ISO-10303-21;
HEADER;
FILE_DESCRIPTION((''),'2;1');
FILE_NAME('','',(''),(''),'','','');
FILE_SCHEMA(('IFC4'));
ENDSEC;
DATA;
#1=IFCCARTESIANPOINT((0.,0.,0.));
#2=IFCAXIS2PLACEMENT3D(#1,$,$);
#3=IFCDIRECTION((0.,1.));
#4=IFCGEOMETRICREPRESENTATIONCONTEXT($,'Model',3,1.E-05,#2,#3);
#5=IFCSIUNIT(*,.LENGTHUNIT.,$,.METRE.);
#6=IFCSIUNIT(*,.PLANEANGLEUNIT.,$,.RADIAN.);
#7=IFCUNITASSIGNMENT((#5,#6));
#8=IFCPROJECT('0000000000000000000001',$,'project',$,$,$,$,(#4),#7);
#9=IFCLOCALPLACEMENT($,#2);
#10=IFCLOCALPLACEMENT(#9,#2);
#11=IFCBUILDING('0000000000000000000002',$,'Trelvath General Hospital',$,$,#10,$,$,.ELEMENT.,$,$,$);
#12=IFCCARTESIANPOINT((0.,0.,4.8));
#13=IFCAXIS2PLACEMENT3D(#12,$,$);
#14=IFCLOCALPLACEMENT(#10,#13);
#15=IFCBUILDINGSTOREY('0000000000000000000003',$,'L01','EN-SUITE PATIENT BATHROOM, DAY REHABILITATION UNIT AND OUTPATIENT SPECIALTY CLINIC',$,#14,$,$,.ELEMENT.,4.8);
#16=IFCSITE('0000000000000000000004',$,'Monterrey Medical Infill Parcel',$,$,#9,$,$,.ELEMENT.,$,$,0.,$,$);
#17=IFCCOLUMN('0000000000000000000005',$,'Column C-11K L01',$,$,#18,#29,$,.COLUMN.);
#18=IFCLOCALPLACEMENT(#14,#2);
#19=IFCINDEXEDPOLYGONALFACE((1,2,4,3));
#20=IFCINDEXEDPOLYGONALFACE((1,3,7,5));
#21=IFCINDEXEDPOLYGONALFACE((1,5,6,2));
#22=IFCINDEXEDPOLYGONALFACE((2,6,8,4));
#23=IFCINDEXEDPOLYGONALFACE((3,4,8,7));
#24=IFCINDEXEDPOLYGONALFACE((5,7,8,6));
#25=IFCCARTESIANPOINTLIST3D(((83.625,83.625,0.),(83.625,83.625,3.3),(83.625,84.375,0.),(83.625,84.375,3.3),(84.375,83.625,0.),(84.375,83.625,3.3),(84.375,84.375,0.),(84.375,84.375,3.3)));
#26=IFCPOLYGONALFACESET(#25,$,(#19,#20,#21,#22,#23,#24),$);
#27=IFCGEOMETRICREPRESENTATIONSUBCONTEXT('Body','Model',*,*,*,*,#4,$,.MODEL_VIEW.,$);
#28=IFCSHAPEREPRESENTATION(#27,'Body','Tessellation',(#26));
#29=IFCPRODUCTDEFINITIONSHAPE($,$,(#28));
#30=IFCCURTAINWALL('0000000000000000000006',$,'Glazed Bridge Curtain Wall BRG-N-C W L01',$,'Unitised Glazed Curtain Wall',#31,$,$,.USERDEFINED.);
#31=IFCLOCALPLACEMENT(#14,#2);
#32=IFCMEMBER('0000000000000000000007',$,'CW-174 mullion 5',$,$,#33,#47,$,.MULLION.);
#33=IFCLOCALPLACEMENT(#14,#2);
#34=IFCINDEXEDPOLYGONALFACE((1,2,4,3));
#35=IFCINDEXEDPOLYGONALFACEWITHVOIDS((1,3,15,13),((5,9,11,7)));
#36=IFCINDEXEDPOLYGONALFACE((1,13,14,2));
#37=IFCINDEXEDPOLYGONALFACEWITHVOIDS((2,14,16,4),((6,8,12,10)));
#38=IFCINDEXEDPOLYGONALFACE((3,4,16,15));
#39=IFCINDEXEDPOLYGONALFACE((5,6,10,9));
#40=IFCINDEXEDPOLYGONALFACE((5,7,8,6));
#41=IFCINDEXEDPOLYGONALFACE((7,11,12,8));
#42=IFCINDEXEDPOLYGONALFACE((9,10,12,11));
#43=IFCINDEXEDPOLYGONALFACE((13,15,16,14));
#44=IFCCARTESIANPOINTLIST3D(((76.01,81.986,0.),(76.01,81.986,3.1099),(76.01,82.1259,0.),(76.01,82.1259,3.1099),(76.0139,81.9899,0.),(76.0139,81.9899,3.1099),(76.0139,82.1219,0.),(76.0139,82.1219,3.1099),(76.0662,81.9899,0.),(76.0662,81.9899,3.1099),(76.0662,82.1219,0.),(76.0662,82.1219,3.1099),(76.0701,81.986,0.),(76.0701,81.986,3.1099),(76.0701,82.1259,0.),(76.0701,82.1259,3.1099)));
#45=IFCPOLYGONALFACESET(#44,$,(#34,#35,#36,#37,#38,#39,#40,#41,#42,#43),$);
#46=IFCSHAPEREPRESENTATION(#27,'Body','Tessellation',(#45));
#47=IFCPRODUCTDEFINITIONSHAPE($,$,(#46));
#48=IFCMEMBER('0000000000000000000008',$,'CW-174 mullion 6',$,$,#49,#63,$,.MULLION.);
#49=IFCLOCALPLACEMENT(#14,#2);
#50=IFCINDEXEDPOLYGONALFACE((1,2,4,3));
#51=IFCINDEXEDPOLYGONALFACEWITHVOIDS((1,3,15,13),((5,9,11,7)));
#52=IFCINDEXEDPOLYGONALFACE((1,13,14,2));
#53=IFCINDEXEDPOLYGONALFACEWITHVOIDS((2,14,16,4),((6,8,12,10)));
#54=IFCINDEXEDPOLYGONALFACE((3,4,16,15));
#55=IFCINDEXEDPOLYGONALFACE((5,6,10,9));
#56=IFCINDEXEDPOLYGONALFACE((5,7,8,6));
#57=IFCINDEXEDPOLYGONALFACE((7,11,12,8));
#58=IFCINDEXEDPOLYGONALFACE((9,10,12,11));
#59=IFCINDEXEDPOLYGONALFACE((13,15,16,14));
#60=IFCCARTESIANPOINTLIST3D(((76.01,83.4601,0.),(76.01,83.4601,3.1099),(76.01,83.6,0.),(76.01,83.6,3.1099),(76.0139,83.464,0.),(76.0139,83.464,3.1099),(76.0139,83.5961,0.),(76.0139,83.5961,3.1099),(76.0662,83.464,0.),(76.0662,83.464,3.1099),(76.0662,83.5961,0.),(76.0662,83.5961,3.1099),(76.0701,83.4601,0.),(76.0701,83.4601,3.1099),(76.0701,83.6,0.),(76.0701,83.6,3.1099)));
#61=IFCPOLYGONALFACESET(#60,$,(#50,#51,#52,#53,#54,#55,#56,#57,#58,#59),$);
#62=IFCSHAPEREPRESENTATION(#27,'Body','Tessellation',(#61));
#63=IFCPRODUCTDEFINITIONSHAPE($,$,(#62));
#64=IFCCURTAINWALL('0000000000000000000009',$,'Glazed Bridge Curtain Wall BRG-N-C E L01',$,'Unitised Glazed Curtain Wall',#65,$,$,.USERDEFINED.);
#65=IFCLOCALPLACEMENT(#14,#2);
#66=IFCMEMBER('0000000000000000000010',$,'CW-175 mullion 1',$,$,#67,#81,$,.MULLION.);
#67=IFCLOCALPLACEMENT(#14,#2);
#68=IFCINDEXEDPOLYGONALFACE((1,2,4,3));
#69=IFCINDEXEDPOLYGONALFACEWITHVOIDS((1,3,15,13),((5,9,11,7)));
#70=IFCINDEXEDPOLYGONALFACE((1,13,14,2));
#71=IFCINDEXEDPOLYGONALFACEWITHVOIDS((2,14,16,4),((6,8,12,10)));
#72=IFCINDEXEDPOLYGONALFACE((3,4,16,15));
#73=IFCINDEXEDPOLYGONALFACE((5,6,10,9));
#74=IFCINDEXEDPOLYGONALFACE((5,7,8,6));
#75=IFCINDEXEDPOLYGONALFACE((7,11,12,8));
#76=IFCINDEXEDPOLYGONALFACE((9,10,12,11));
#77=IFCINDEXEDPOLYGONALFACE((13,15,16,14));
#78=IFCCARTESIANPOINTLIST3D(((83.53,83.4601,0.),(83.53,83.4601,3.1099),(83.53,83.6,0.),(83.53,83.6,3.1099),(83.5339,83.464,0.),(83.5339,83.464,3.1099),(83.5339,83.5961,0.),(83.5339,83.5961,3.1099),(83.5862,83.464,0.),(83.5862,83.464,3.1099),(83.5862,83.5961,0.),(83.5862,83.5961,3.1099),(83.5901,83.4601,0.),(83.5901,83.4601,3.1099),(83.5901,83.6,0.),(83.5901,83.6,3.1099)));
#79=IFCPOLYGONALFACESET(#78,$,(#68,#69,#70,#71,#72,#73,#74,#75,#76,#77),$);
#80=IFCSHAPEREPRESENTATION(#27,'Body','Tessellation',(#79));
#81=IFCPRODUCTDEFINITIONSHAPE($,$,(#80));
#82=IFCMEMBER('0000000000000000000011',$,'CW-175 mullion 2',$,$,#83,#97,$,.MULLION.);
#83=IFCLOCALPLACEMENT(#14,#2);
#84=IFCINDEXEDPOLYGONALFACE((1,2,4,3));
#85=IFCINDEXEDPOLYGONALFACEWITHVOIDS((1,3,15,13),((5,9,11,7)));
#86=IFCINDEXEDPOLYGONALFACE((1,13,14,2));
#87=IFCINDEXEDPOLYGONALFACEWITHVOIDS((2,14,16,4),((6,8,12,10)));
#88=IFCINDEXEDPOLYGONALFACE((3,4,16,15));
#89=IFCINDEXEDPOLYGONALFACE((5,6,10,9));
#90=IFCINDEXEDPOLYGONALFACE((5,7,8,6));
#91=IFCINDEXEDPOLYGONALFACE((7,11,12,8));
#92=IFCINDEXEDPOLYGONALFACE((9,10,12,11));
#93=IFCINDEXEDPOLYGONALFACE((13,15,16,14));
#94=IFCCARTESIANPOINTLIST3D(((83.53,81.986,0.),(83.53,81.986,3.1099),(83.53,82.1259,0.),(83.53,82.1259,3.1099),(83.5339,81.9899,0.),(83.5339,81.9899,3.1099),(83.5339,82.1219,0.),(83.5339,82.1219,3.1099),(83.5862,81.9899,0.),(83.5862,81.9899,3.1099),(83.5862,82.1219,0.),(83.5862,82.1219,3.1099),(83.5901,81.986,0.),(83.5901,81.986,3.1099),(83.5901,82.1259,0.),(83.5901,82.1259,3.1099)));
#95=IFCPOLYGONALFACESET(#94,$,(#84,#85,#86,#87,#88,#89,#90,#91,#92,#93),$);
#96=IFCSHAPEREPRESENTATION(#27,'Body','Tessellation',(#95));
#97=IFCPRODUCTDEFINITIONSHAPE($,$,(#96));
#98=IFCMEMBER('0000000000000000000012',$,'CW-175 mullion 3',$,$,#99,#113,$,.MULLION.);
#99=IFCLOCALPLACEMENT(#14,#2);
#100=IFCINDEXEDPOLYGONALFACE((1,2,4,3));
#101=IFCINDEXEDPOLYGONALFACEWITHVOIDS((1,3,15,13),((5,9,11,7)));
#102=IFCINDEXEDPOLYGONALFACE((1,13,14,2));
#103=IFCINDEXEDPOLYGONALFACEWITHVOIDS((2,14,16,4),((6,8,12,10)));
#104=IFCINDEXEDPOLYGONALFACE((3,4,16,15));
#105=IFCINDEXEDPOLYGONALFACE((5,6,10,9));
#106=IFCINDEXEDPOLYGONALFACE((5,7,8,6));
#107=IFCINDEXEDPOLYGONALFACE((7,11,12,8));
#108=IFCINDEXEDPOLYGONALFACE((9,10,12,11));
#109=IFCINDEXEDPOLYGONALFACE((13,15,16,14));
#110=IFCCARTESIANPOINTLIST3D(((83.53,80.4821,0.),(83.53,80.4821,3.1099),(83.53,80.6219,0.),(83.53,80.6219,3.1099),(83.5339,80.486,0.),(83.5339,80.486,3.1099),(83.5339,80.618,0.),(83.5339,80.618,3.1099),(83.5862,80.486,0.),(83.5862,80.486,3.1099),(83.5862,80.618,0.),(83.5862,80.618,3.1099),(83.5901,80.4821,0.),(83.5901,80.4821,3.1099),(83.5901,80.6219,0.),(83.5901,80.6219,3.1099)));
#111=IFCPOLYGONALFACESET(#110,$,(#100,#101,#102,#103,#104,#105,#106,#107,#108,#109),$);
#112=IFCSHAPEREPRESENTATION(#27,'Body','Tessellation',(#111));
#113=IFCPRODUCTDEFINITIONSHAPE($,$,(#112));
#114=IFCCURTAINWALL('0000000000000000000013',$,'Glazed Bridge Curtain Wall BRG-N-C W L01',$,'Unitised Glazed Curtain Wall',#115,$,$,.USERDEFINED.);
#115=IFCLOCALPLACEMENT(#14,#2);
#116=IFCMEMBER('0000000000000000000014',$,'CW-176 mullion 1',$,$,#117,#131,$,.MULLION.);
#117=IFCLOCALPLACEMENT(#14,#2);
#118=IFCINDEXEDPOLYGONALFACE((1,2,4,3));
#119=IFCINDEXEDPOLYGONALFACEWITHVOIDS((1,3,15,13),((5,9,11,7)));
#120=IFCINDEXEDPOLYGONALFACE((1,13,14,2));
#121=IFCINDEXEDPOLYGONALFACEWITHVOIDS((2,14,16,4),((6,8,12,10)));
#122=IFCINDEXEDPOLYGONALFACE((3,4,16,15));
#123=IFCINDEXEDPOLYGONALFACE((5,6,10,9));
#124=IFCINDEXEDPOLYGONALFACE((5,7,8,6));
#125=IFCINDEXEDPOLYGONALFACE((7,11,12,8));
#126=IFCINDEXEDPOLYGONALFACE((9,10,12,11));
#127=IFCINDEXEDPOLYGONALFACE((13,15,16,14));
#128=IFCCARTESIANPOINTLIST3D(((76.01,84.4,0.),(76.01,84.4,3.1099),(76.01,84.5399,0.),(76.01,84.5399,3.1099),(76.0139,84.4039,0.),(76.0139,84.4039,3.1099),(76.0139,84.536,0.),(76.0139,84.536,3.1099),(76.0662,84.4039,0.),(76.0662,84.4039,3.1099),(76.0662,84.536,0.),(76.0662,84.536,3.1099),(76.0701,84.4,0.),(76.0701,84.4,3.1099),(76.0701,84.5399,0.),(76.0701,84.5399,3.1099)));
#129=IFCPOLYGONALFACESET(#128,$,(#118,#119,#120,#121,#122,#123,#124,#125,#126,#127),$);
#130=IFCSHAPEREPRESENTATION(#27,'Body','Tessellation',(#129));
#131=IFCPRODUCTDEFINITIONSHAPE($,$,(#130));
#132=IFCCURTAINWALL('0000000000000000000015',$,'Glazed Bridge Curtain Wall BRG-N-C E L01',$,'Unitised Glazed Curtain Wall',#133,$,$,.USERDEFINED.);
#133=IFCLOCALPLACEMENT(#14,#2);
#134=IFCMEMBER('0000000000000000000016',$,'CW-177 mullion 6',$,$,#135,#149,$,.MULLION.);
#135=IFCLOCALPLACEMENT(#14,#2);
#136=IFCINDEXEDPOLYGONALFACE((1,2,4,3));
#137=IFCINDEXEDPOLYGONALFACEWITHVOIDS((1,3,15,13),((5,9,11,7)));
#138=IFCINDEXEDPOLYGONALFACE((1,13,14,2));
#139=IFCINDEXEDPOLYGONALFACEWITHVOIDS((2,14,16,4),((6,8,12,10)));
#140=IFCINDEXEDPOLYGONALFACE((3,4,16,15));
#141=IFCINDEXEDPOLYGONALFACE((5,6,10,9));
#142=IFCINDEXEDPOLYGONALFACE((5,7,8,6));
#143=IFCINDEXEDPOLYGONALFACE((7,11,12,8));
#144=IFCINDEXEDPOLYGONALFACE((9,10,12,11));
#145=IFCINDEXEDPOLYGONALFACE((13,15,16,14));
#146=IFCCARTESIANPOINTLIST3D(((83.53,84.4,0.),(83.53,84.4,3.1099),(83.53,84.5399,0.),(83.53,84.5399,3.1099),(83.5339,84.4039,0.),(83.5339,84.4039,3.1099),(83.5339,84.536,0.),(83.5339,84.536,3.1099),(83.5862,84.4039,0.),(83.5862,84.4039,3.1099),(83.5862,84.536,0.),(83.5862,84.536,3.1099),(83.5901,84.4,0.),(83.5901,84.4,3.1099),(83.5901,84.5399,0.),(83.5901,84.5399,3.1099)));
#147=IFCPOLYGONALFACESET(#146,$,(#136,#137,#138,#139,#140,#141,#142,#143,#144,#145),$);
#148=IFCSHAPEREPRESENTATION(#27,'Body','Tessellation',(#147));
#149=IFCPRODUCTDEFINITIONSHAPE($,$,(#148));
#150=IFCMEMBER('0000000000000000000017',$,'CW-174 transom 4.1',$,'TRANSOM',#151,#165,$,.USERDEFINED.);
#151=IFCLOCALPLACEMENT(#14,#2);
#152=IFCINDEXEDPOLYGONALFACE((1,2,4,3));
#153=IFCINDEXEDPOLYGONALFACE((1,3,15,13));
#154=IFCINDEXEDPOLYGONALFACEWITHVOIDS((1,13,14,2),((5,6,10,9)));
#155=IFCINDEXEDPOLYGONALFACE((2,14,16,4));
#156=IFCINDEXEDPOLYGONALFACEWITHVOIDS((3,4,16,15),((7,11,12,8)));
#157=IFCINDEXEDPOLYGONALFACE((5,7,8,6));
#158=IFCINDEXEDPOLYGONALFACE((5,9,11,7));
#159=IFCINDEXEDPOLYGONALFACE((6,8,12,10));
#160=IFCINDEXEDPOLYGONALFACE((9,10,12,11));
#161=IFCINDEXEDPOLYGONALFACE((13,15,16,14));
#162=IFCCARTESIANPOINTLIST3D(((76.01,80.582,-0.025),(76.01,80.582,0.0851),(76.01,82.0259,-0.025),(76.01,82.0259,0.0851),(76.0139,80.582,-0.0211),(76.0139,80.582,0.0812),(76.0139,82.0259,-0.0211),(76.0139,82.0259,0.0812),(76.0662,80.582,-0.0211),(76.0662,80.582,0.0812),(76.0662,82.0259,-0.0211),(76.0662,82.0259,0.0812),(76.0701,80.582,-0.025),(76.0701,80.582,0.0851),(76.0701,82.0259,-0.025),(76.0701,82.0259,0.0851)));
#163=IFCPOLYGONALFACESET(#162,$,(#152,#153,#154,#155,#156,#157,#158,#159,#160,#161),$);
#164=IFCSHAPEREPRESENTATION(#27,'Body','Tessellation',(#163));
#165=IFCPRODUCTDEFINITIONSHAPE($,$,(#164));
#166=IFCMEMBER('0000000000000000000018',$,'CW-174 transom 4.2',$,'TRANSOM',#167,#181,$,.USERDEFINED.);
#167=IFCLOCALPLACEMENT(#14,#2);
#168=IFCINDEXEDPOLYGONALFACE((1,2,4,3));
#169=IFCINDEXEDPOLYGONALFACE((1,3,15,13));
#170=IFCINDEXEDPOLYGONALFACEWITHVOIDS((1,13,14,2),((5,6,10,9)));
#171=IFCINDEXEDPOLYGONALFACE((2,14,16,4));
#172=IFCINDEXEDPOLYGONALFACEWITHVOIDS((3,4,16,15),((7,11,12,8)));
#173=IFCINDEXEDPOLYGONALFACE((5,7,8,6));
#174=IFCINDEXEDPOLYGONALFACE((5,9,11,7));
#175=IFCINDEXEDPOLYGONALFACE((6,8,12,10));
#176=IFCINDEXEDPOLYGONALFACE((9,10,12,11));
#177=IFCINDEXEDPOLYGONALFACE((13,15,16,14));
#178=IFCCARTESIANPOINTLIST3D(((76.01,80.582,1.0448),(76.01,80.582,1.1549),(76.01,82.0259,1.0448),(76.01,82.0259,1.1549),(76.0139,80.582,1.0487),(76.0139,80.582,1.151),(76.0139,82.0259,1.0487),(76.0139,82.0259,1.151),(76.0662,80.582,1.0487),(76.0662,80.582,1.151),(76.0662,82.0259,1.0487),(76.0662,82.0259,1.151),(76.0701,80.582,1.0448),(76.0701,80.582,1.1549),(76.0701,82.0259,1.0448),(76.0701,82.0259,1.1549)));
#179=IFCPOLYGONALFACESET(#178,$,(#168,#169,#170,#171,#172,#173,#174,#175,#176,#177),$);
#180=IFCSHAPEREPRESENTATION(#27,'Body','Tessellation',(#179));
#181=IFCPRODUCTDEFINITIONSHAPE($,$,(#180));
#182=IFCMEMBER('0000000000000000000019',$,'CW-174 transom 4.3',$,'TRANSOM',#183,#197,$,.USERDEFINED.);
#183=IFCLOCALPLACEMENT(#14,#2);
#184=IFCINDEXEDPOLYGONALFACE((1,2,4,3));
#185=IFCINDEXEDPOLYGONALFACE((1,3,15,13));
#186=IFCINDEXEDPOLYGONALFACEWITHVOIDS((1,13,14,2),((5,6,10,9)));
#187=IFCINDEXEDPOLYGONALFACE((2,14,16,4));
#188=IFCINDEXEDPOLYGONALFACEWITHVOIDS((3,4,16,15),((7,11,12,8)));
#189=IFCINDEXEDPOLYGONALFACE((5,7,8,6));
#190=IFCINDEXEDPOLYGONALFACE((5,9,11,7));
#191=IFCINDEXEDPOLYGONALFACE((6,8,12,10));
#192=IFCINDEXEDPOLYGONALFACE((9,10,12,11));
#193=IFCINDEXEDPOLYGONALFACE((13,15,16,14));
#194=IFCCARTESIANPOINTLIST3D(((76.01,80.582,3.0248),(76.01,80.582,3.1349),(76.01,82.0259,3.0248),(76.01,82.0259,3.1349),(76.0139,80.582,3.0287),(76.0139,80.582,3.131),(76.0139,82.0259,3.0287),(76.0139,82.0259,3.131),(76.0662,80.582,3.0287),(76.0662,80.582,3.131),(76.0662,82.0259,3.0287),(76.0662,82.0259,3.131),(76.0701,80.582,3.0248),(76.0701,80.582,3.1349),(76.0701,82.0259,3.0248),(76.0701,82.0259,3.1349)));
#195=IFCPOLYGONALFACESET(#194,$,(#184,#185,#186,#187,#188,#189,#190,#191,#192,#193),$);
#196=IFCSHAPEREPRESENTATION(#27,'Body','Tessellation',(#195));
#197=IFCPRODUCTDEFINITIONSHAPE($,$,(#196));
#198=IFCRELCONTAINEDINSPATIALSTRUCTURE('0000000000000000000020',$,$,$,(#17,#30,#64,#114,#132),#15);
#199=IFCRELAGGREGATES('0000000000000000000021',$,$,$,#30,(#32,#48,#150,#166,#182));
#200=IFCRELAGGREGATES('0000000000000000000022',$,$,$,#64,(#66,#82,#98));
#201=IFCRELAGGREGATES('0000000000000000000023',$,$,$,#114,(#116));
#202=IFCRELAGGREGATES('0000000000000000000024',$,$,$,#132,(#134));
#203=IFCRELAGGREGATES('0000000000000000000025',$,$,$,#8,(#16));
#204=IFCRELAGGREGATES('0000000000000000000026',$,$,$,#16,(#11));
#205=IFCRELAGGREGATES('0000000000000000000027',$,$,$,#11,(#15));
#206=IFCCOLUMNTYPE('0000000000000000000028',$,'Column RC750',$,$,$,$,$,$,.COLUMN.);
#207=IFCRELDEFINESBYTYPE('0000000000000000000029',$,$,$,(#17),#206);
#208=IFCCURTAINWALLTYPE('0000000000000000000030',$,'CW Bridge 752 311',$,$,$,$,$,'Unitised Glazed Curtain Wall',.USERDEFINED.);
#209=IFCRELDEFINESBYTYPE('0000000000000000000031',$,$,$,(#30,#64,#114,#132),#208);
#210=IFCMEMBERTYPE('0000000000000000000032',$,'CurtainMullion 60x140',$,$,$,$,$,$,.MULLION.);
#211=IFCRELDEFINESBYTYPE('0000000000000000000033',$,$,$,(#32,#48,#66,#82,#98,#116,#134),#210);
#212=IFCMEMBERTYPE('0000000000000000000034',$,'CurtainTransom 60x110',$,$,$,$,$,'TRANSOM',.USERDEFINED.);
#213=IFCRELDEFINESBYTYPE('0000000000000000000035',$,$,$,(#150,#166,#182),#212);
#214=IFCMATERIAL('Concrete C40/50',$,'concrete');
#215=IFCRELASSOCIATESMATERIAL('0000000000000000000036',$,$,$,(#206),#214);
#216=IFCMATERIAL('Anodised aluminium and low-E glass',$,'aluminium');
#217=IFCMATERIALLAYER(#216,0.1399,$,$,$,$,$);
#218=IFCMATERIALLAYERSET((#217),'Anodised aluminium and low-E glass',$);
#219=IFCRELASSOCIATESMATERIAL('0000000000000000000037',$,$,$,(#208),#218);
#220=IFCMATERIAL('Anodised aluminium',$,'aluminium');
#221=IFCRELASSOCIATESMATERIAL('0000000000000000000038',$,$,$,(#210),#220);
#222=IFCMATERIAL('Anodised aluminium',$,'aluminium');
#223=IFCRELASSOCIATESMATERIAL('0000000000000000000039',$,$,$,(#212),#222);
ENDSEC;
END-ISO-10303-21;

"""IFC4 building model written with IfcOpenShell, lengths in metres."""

from ifc_helpers import new_model, si_unit, direction, frame, origin, origin_2d, place, context, subcontext, project, spatial, rectangle, hollow_rectangle, extrude, material, layer, layer_set, material_profile, profile_set, type_object, element, aggregate, save


model = new_model("IFC4")

# Units and contexts
model_context = context("Model", 3, precision=1e-05, world=origin(), true_north=direction((0.0, 1.0)))
body_context = subcontext(model_context, "Body", "Model", "MODEL_VIEW")
ifc_project = project(units=[si_unit("LENGTHUNIT", "METRE"), si_unit("PLANEANGLEUNIT", "RADIAN")], contexts=[model_context])

# Site, building, storey
site_placement = place(None, origin())
site = spatial("IfcSite", under=ifc_project, at=site_placement, Name="Monterrey Medical Infill Parcel", CompositionType="ELEMENT", RefElevation=0.0)
building_placement = place(site_placement, origin())
building = spatial("IfcBuilding", under=site, at=building_placement, Name="Trelvath General Hospital", CompositionType="ELEMENT")
storey_placement = place(building_placement, frame((0.0, 0.0, 4.8)))
storey = spatial("IfcBuildingStorey", under=building, at=storey_placement, Name="L01", Description="EN-SUITE PATIENT BATHROOM, DAY REHABILITATION UNIT AND OUTPATIENT SPECIALTY CLINIC", CompositionType="ELEMENT", Elevation=4.8)

# Column
ifc_material_1 = material(Name="Concrete C40/50", Category="concrete")
ifc_material_profile_1 = material_profile(ifc_material_1, rectangle(XDim=0.75, YDim=0.75, at=origin_2d()), Name="RC750x750")
ifc_profile_set_1 = profile_set([ifc_material_profile_1], Name="Concrete C40/50")
column_type = type_object("IfcColumnType", Name="Column RC750", PredefinedType="COLUMN", material=ifc_profile_set_1)
column_placement = place(storey_placement, frame((84.0, 84.0, 0.0), z_axis=(0.0, 0.0, 1.0), x_axis=(1.0, 0.0, 0.0)))
element("IfcColumn", 1, at=column_placement, inside=storey, type_object=column_type, Name="Column C-11K L01", PredefinedType="COLUMN", context=body_context, shape_type="SweptSolid", body=[
    extrude(rectangle(XDim=0.75, YDim=0.75, at=origin_2d()), origin(), (0.0, 0.0, 1.0), 3.3),
])

# Curtain walls, members
ifc_material_2 = material(Name="Anodised aluminium and low-E glass", Category="aluminium")
ifc_layer_1 = layer(ifc_material_2, 0.1399)
ifc_layer_set_1 = layer_set([ifc_layer_1], Name="Anodised aluminium and low-E glass")
curtain_wall_type = type_object("IfcCurtainWallType", Name="CW Bridge 752 311", ElementType="Unitised Glazed Curtain Wall", PredefinedType="USERDEFINED", material=ifc_layer_set_1)
curtain_wall_1_placement = place(storey_placement, origin())
curtain_wall_1 = element("IfcCurtainWall", 2, at=curtain_wall_1_placement, inside=storey, type_object=curtain_wall_type, Name="Glazed Bridge Curtain Wall BRG-N-C W L01", ObjectType="Unitised Glazed Curtain Wall", PredefinedType="USERDEFINED")
ifc_material_3 = material(Name="Anodised aluminium", Category="aluminium")
ifc_material_profile_2 = material_profile(ifc_material_3, hollow_rectangle(XDim=0.0601, YDim=0.1399, WallThickness=0.0039, at=origin_2d()), Name="RHS60x140x4")
ifc_profile_set_2 = profile_set([ifc_material_profile_2], Name="Anodised aluminium")
member_type_1 = type_object("IfcMemberType", Name="CurtainMullion 60x140", PredefinedType="MULLION", material=ifc_profile_set_2)
member_1_placement = place(storey_placement, frame((76.04, 82.0559, 0.0), z_axis=(0.0, 0.0, 1.0), x_axis=(-1.0, 0.0, 0.0)))
member_1 = element("IfcMember", 3, at=member_1_placement, type_object=member_type_1, Name="CW-174 mullion 5", PredefinedType="MULLION", context=body_context, shape_type="SweptSolid", body=[
    extrude(hollow_rectangle(XDim=0.0601, YDim=0.1399, WallThickness=0.0039, at=origin_2d()), origin(), (0.0, 0.0, 1.0), 3.1099),
])
member_2_placement = place(storey_placement, frame((76.04, 83.53, 0.0), z_axis=(0.0, 0.0, 1.0), x_axis=(-1.0, 0.0, 0.0)))
member_2 = element("IfcMember", 4, at=member_2_placement, type_object=member_type_1, Name="CW-174 mullion 6", PredefinedType="MULLION", context=body_context, shape_type="SweptSolid", body=[
    extrude(hollow_rectangle(XDim=0.0601, YDim=0.1399, WallThickness=0.0039, at=origin_2d()), origin(), (0.0, 0.0, 1.0), 3.1099),
])
curtain_wall_2_placement = place(storey_placement, origin())
curtain_wall_2 = element("IfcCurtainWall", 5, at=curtain_wall_2_placement, inside=storey, type_object=curtain_wall_type, Name="Glazed Bridge Curtain Wall BRG-N-C E L01", ObjectType="Unitised Glazed Curtain Wall", PredefinedType="USERDEFINED")
member_3_placement = place(storey_placement, frame((83.5601, 83.53, 0.0), z_axis=(0.0, 0.0, 1.0), x_axis=(1.0, 0.0, 0.0)))
member_3 = element("IfcMember", 6, at=member_3_placement, type_object=member_type_1, Name="CW-175 mullion 1", PredefinedType="MULLION", context=body_context, shape_type="SweptSolid", body=[
    extrude(hollow_rectangle(XDim=0.0601, YDim=0.1399, WallThickness=0.0039, at=origin_2d()), origin(), (0.0, 0.0, 1.0), 3.1099),
])
member_4_placement = place(storey_placement, frame((83.5601, 82.0559, 0.0), z_axis=(0.0, 0.0, 1.0), x_axis=(1.0, 0.0, 0.0)))
member_4 = element("IfcMember", 7, at=member_4_placement, type_object=member_type_1, Name="CW-175 mullion 2", PredefinedType="MULLION", context=body_context, shape_type="SweptSolid", body=[
    extrude(hollow_rectangle(XDim=0.0601, YDim=0.1399, WallThickness=0.0039, at=origin_2d()), origin(), (0.0, 0.0, 1.0), 3.1099),
])
member_5_placement = place(storey_placement, frame((83.5601, 80.552, 0.0), z_axis=(0.0, 0.0, 1.0), x_axis=(1.0, 0.0, 0.0)))
member_5 = element("IfcMember", 8, at=member_5_placement, type_object=member_type_1, Name="CW-175 mullion 3", PredefinedType="MULLION", context=body_context, shape_type="SweptSolid", body=[
    extrude(hollow_rectangle(XDim=0.0601, YDim=0.1399, WallThickness=0.0039, at=origin_2d()), origin(), (0.0, 0.0, 1.0), 3.1099),
])

# Curtain walls, members
curtain_wall_3_placement = place(storey_placement, origin())
curtain_wall_3 = element("IfcCurtainWall", 9, at=curtain_wall_3_placement, inside=storey, type_object=curtain_wall_type, Name="Glazed Bridge Curtain Wall BRG-N-C W L01", ObjectType="Unitised Glazed Curtain Wall", PredefinedType="USERDEFINED")
member_6_placement = place(storey_placement, frame((76.04, 84.47, 0.0), z_axis=(0.0, 0.0, 1.0), x_axis=(-1.0, 0.0, 0.0)))
member_6 = element("IfcMember", 10, at=member_6_placement, type_object=member_type_1, Name="CW-176 mullion 1", PredefinedType="MULLION", context=body_context, shape_type="SweptSolid", body=[
    extrude(hollow_rectangle(XDim=0.0601, YDim=0.1399, WallThickness=0.0039, at=origin_2d()), origin(), (0.0, 0.0, 1.0), 3.1099),
])
curtain_wall_4_placement = place(storey_placement, origin())
curtain_wall_4 = element("IfcCurtainWall", 11, at=curtain_wall_4_placement, inside=storey, type_object=curtain_wall_type, Name="Glazed Bridge Curtain Wall BRG-N-C E L01", ObjectType="Unitised Glazed Curtain Wall", PredefinedType="USERDEFINED")
member_7_placement = place(storey_placement, frame((83.5601, 84.47, 0.0), z_axis=(0.0, 0.0, 1.0), x_axis=(1.0, 0.0, 0.0)))
member_7 = element("IfcMember", 12, at=member_7_placement, type_object=member_type_1, Name="CW-177 mullion 6", PredefinedType="MULLION", context=body_context, shape_type="SweptSolid", body=[
    extrude(hollow_rectangle(XDim=0.0601, YDim=0.1399, WallThickness=0.0039, at=origin_2d()), origin(), (0.0, 0.0, 1.0), 3.1099),
])

# Members
ifc_material_4 = material(Name="Anodised aluminium", Category="aluminium")
ifc_material_profile_3 = material_profile(ifc_material_4, hollow_rectangle(XDim=0.0601, YDim=0.1101, WallThickness=0.0039, at=origin_2d()), Name="RHS60x110x4")
ifc_profile_set_3 = profile_set([ifc_material_profile_3], Name="Anodised aluminium")
member_type_2 = type_object("IfcMemberType", Name="CurtainTransom 60x110", ElementType="TRANSOM", PredefinedType="USERDEFINED", material=ifc_profile_set_3)
member_8_placement = place(storey_placement, frame((76.04, 80.582, 0.03), z_axis=(0.0, 1.0, 0.0), x_axis=(-1.0, 0.0, 0.0)))
member_8 = element("IfcMember", 13, at=member_8_placement, type_object=member_type_2, Name="CW-174 transom 4.1", ObjectType="TRANSOM", PredefinedType="USERDEFINED", context=body_context, shape_type="SweptSolid", body=[
    extrude(hollow_rectangle(XDim=0.0601, YDim=0.1101, WallThickness=0.0039, at=origin_2d()), origin(), (0.0, 0.0, 1.0), 1.4438),
])
member_9_placement = place(storey_placement, frame((76.04, 80.582, 1.0999), z_axis=(0.0, 1.0, 0.0), x_axis=(-1.0, 0.0, 0.0)))
member_9 = element("IfcMember", 14, at=member_9_placement, type_object=member_type_2, Name="CW-174 transom 4.2", ObjectType="TRANSOM", PredefinedType="USERDEFINED", context=body_context, shape_type="SweptSolid", body=[
    extrude(hollow_rectangle(XDim=0.0601, YDim=0.1101, WallThickness=0.0039, at=origin_2d()), origin(), (0.0, 0.0, 1.0), 1.4438),
])
member_10_placement = place(storey_placement, frame((76.04, 80.582, 3.0798), z_axis=(0.0, 1.0, 0.0), x_axis=(-1.0, 0.0, 0.0)))
member_10 = element("IfcMember", 15, at=member_10_placement, type_object=member_type_2, Name="CW-174 transom 4.3", ObjectType="TRANSOM", PredefinedType="USERDEFINED", context=body_context, shape_type="SweptSolid", body=[
    extrude(hollow_rectangle(XDim=0.0601, YDim=0.1101, WallThickness=0.0039, at=origin_2d()), origin(), (0.0, 0.0, 1.0), 1.4438),
])

aggregate(curtain_wall_1, [member_1, member_2, member_8, member_9, member_10])
aggregate(curtain_wall_2, [member_3, member_4, member_5])
aggregate(curtain_wall_3, [member_6])
aggregate(curtain_wall_4, [member_7])

save(model, "model.ifc")
